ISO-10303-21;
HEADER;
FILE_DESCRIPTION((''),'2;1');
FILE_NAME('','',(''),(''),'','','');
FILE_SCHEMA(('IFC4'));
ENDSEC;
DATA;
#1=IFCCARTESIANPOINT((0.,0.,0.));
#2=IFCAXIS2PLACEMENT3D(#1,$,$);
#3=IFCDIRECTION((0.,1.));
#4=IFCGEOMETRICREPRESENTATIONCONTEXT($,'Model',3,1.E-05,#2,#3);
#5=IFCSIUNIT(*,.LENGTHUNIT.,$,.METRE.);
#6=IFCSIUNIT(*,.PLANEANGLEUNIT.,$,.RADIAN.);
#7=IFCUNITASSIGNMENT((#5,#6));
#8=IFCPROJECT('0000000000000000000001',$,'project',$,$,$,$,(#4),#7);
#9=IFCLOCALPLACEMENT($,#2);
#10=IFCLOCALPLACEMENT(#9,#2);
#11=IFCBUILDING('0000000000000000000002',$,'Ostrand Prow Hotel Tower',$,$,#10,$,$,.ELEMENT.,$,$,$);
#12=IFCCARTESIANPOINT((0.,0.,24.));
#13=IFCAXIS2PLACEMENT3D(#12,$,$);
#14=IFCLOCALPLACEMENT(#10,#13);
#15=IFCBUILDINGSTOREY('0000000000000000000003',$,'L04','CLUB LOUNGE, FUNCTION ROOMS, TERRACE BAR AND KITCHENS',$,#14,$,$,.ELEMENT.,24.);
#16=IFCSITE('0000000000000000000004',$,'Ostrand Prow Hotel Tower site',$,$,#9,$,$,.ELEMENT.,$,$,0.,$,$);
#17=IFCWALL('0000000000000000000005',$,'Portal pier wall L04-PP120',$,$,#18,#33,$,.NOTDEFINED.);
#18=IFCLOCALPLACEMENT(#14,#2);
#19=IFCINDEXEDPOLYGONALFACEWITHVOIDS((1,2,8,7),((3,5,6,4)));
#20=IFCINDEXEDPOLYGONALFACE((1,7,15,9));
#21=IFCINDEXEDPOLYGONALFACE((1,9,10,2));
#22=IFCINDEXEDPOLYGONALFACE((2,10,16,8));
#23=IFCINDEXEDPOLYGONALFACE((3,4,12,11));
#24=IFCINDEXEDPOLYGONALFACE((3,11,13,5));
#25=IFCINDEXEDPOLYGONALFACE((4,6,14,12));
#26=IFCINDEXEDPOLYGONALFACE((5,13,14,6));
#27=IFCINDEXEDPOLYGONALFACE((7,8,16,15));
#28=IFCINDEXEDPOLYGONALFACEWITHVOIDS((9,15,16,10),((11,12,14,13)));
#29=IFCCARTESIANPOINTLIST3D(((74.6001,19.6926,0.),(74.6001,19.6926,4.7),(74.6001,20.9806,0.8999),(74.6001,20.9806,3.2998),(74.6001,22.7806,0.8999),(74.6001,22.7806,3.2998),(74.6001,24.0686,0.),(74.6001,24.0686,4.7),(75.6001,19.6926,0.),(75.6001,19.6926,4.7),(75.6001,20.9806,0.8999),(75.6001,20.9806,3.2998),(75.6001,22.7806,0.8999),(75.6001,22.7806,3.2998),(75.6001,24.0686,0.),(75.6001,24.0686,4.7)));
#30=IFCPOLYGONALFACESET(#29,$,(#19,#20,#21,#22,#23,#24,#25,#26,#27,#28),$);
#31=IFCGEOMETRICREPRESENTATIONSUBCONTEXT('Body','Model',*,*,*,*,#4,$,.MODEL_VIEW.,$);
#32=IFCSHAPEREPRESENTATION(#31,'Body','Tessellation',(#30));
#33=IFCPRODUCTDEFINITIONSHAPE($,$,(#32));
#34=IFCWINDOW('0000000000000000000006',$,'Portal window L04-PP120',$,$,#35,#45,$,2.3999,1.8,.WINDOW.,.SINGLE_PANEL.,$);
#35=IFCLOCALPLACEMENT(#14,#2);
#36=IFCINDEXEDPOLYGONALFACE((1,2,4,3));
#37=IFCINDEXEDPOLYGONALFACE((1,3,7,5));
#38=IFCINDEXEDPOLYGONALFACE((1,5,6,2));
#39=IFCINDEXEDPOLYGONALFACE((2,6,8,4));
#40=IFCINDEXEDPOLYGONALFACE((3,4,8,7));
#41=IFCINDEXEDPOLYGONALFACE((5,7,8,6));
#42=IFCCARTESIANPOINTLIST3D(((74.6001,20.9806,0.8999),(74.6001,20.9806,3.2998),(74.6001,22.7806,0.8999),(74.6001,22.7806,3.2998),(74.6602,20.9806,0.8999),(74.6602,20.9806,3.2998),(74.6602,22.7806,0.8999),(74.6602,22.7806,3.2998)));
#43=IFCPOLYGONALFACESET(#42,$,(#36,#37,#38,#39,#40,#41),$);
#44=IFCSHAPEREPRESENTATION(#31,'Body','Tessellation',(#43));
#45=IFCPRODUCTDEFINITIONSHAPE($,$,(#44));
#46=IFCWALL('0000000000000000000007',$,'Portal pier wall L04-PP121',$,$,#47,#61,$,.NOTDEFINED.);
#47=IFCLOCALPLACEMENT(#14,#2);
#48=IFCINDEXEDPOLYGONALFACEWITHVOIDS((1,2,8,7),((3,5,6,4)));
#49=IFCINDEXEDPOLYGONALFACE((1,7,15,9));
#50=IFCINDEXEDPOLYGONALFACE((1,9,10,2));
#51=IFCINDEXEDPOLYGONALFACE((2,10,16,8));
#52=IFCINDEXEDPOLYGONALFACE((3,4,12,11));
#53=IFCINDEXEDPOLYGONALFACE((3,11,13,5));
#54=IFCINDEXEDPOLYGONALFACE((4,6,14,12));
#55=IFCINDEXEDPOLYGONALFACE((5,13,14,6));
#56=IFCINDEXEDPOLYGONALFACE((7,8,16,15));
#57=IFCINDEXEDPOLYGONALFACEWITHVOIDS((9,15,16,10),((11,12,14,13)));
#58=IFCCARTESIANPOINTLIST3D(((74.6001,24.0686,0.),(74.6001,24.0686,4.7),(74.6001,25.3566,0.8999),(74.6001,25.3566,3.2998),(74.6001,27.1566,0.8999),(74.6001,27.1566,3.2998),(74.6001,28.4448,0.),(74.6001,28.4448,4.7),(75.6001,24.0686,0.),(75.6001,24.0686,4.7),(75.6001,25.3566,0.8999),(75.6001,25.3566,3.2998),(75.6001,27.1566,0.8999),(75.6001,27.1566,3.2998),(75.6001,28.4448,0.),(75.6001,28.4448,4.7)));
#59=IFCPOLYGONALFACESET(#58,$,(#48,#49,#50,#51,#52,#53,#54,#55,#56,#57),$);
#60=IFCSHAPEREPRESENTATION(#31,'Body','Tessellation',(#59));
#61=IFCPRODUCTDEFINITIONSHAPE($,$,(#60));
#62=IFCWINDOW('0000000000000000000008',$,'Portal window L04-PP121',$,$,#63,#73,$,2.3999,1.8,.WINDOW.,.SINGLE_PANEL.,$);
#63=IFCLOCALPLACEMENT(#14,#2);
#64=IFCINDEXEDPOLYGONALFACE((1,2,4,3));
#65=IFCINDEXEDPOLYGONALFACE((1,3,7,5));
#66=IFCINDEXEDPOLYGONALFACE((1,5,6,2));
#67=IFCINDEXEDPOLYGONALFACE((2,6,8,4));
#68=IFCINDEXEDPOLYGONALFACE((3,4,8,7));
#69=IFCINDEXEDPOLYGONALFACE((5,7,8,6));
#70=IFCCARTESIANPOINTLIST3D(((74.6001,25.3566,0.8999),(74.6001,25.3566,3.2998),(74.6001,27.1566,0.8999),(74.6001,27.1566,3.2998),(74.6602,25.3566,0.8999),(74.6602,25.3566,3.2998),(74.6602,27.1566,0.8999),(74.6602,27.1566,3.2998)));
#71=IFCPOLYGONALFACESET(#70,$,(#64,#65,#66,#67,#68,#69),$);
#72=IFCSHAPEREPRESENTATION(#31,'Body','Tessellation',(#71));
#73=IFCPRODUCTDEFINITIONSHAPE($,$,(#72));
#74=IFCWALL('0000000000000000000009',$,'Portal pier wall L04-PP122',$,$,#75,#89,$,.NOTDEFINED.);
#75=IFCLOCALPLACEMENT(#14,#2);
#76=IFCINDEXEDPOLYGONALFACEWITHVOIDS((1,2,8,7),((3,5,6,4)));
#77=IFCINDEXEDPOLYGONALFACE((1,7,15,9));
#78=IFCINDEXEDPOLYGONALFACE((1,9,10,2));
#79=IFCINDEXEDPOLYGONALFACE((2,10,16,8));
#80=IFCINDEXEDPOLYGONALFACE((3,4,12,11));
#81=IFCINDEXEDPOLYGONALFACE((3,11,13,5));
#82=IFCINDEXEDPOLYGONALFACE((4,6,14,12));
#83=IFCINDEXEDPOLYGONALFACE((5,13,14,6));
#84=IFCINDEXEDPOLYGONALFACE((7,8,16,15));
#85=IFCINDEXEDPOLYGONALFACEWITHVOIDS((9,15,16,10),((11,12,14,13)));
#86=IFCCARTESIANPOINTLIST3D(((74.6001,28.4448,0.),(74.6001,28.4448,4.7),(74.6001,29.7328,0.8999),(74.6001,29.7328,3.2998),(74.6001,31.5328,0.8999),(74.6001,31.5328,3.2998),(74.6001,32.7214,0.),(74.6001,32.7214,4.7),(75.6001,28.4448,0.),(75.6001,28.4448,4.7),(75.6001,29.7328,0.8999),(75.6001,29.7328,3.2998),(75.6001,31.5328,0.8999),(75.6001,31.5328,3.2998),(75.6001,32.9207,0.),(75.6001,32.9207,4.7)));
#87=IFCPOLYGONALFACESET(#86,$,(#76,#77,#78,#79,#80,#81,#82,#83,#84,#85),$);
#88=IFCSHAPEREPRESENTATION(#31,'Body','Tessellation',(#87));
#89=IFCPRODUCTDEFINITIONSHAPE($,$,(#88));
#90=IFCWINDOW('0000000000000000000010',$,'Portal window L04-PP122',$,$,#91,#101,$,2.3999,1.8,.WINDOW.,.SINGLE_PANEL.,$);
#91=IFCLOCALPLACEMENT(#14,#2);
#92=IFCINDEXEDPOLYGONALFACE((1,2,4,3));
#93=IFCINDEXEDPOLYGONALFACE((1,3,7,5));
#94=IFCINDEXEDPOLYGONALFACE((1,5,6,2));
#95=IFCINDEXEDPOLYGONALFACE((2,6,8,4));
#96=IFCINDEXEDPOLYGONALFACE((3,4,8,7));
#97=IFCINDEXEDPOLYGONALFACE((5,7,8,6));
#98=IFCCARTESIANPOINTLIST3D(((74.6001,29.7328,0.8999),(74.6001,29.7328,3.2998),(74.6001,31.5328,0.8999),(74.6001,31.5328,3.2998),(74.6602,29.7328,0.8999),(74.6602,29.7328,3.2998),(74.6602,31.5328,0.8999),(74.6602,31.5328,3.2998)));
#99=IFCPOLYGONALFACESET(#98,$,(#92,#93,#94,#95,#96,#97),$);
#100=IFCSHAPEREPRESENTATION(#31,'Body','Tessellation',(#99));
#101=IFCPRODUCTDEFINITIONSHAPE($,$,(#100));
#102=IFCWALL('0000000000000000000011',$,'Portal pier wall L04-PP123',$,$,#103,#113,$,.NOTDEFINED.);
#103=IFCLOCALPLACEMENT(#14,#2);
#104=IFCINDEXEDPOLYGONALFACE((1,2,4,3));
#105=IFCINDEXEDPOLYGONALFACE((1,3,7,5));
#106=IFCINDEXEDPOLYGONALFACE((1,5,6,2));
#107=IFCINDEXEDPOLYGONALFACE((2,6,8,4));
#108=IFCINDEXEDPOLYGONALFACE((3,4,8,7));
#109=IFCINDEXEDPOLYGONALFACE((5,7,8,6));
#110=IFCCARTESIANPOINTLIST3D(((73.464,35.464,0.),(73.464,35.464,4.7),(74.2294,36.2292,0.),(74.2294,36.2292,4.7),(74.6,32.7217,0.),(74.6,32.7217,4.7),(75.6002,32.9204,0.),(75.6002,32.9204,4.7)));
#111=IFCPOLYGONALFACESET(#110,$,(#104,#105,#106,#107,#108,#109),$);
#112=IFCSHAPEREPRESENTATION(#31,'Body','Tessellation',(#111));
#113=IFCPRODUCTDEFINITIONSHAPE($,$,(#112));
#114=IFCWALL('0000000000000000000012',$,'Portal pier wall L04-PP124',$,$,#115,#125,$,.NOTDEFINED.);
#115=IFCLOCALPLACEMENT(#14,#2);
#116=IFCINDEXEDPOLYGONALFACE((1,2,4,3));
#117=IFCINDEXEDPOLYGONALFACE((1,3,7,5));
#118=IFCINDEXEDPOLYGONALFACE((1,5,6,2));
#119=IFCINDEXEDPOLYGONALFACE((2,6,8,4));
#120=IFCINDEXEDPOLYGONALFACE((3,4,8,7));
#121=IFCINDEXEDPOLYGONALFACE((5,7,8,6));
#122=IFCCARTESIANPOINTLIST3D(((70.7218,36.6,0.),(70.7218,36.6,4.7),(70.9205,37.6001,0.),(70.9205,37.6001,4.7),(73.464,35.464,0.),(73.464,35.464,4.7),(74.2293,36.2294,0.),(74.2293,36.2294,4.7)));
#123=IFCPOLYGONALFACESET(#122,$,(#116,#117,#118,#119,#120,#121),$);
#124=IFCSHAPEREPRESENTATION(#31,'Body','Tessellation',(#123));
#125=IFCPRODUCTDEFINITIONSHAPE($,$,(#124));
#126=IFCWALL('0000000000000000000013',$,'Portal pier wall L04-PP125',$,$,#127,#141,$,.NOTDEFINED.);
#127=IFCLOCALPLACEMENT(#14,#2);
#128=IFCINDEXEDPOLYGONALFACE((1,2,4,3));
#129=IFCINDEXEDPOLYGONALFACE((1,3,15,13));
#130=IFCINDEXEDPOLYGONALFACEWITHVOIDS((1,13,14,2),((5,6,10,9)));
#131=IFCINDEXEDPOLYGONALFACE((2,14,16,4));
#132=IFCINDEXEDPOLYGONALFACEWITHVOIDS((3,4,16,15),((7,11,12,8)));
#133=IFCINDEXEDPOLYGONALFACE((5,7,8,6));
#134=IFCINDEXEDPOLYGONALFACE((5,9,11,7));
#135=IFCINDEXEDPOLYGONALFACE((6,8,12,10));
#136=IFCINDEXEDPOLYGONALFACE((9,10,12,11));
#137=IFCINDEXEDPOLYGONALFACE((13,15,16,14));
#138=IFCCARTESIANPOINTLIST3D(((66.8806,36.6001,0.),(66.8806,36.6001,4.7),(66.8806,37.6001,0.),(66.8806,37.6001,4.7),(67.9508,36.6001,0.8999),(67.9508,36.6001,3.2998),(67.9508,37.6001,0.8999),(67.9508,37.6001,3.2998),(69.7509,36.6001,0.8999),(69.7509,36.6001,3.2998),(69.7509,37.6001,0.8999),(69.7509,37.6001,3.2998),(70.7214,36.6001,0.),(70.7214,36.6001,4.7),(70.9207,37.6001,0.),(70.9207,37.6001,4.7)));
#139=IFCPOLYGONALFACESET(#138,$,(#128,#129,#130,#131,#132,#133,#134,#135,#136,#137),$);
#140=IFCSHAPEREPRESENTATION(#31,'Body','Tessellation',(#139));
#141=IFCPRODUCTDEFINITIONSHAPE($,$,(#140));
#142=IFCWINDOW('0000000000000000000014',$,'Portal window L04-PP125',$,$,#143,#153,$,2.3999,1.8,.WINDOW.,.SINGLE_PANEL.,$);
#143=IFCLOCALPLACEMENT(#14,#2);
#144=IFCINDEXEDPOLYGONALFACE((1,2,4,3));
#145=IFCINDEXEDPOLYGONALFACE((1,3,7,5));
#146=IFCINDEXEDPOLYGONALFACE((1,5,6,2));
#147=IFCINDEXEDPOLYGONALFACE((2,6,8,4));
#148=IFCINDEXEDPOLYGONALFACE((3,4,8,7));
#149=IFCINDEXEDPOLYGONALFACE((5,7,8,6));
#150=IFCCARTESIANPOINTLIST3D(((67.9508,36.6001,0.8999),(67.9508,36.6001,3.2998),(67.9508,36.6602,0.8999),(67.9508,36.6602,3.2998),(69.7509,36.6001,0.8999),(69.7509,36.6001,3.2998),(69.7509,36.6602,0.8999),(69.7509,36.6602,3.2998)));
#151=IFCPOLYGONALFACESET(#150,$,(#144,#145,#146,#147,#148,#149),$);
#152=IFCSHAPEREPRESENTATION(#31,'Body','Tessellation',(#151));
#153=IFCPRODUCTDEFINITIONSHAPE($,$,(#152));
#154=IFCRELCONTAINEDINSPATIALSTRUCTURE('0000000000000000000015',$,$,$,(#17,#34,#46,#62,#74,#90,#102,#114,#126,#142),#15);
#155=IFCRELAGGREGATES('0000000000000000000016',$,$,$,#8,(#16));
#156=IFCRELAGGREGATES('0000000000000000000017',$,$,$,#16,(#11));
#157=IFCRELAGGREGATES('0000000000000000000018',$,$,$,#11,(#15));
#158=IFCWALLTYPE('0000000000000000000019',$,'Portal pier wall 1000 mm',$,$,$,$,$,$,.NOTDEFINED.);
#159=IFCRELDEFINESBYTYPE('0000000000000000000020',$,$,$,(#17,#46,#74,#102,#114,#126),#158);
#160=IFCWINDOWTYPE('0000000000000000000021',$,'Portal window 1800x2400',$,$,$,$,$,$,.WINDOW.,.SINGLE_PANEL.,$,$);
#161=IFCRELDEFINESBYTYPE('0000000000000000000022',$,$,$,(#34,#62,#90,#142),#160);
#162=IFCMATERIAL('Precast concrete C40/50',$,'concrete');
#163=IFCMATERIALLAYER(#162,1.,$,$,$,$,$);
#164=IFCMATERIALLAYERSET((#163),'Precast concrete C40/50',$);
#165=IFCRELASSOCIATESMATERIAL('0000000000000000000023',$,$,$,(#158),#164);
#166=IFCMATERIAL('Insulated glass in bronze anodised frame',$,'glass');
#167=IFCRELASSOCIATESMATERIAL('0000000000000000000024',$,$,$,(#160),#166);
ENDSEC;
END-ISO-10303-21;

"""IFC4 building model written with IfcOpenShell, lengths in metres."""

from ifc_helpers import new_model, si_unit, direction, frame, frame_2d, origin, place, context, subcontext, project, spatial, polyline, rectangle, outline, extrude, material, layer, layer_set, type_object, element, fill, save


model = new_model("IFC4")

# Units and contexts
model_context = context("Model", 3, precision=1e-05, world=origin(), true_north=direction((0.0, 1.0)))
body_context = subcontext(model_context, "Body", "Model", "MODEL_VIEW")
ifc_project = project(units=[si_unit("LENGTHUNIT", "METRE"), si_unit("PLANEANGLEUNIT", "RADIAN")], contexts=[model_context])

# Site, building, storey
site_placement = place(None, origin())
site = spatial("IfcSite", under=ifc_project, at=site_placement, Name="Ostrand Prow Hotel Tower site", CompositionType="ELEMENT", RefElevation=0.0)
building_placement = place(site_placement, origin())
building = spatial("IfcBuilding", under=site, at=building_placement, Name="Ostrand Prow Hotel Tower", CompositionType="ELEMENT")
storey_placement = place(building_placement, frame((0.0, 0.0, 24.0)))
storey = spatial("IfcBuildingStorey", under=building, at=storey_placement, Name="L04", Description="CLUB LOUNGE, FUNCTION ROOMS, TERRACE BAR AND KITCHENS", CompositionType="ELEMENT", Elevation=24.0)

# Walls, openings, windows
ifc_material_1 = material(Name="Precast concrete C40/50", Category="concrete")
ifc_layer_1 = layer(ifc_material_1, 1.0)
ifc_layer_set_1 = layer_set([ifc_layer_1], Name="Precast concrete C40/50")
wall_type_1 = type_object("IfcWallType", Name="Portal pier wall 1000 mm", PredefinedType="NOTDEFINED", material=ifc_layer_set_1)
ifc_material_2 = material(Name="Insulated glass in bronze anodised frame", Category="glass")
window_type = type_object("IfcWindowType", Name="Portal window 1800x2400", PartitioningType="SINGLE_PANEL", PredefinedType="WINDOW", material=ifc_material_2)
wall_1_placement = place(storey_placement, frame((75.1001, 19.6926, 0.0), z_axis=(0.0, 0.0, 1.0), x_axis=(0.0, 1.0, 0.0)))
wall_1 = element("IfcWall", 1, at=wall_1_placement, inside=storey, type_object=wall_type_1, Name="Portal pier wall L04-PP120", PredefinedType="NOTDEFINED", context=body_context, shape_type="SweptSolid", body=[
    extrude(outline(polyline([(0.0, -0.5), (4.376, -0.5), (4.376, 0.5), (0.0, 0.5), (0.0, -0.5)])), origin(), (0.0, 0.0, 1.0), 4.7),
])
opening_1_placement = place(wall_1_placement, frame((1.2881, 0.0, 0.8999)))
opening_1 = element("IfcOpeningElement", 2, at=opening_1_placement, cuts=wall_1, PredefinedType="OPENING", context=body_context, shape_type="SweptSolid", body=[
    extrude(rectangle(XDim=1.8, YDim=2.3999, at=frame_2d((0.8999, 1.2))), frame((0.0, 0.51, 0.0), z_axis=(0.0, -1.0, 0.0), x_axis=(1.0, 0.0, 0.0)), (0.0, 0.0, 1.0), 1.02),
])
window_1_placement = place(opening_1_placement, origin())
window_1 = element("IfcWindow", 3, at=window_1_placement, inside=storey, type_object=window_type, Name="Portal window L04-PP120", OverallHeight=2.3999, OverallWidth=1.8, PartitioningType="SINGLE_PANEL", PredefinedType="WINDOW", context=body_context, shape_type="SweptSolid", body=[
    extrude(rectangle(XDim=1.8, YDim=2.3999, at=frame_2d((0.8999, 1.2))), frame((0.0, 0.5, 0.0), z_axis=(0.0, -1.0, 0.0), x_axis=(1.0, 0.0, 0.0)), (0.0, 0.0, 1.0), 0.0601),
])
fill(opening_1, window_1)
wall_2_placement = place(storey_placement, frame((75.1001, 24.0686, 0.0), z_axis=(0.0, 0.0, 1.0), x_axis=(0.0, 1.0, 0.0)))
wall_2 = element("IfcWall", 4, at=wall_2_placement, inside=storey, type_object=wall_type_1, Name="Portal pier wall L04-PP121", PredefinedType="NOTDEFINED", context=body_context, shape_type="SweptSolid", body=[
    extrude(outline(polyline([(0.0, -0.5), (4.3762, -0.5), (4.3762, 0.5), (0.0, 0.5), (0.0, -0.5)])), origin(), (0.0, 0.0, 1.0), 4.7),
])
opening_2_placement = place(wall_2_placement, frame((1.2881, 0.0, 0.8999)))
opening_2 = element("IfcOpeningElement", 5, at=opening_2_placement, cuts=wall_2, PredefinedType="OPENING", context=body_context, shape_type="SweptSolid", body=[
    extrude(rectangle(XDim=1.8, YDim=2.3999, at=frame_2d((0.8999, 1.2))), frame((0.0, 0.51, 0.0), z_axis=(0.0, -1.0, 0.0), x_axis=(1.0, 0.0, 0.0)), (0.0, 0.0, 1.0), 1.02),
])
window_2_placement = place(opening_2_placement, origin())
window_2 = element("IfcWindow", 6, at=window_2_placement, inside=storey, type_object=window_type, Name="Portal window L04-PP121", OverallHeight=2.3999, OverallWidth=1.8, PartitioningType="SINGLE_PANEL", PredefinedType="WINDOW", context=body_context, shape_type="SweptSolid", body=[
    extrude(rectangle(XDim=1.8, YDim=2.3999, at=frame_2d((0.8999, 1.2))), frame((0.0, 0.5, 0.0), z_axis=(0.0, -1.0, 0.0), x_axis=(1.0, 0.0, 0.0)), (0.0, 0.0, 1.0), 0.0601),
])
fill(opening_2, window_2)
wall_3_placement = place(storey_placement, frame((75.1001, 28.4448, 0.0), z_axis=(0.0, 0.0, 1.0), x_axis=(0.0, 1.0, 0.0)))
wall_3 = element("IfcWall", 7, at=wall_3_placement, inside=storey, type_object=wall_type_1, Name="Portal pier wall L04-PP122", PredefinedType="NOTDEFINED", context=body_context, shape_type="SweptSolid", body=[
    extrude(outline(polyline([(0.0, -0.5), (4.4758, -0.5), (4.2766, 0.5), (0.0, 0.5), (0.0, -0.5)])), origin(), (0.0, 0.0, 1.0), 4.7),
])
opening_3_placement = place(wall_3_placement, frame((1.2881, 0.0, 0.8999)))
opening_3 = element("IfcOpeningElement", 8, at=opening_3_placement, cuts=wall_3, PredefinedType="OPENING", context=body_context, shape_type="SweptSolid", body=[
    extrude(rectangle(XDim=1.8, YDim=2.3999, at=frame_2d((0.8999, 1.2))), frame((0.0, 0.51, 0.0), z_axis=(0.0, -1.0, 0.0), x_axis=(1.0, 0.0, 0.0)), (0.0, 0.0, 1.0), 1.02),
])
window_3_placement = place(opening_3_placement, origin())
window_3 = element("IfcWindow", 9, at=window_3_placement, inside=storey, type_object=window_type, Name="Portal window L04-PP122", OverallHeight=2.3999, OverallWidth=1.8, PartitioningType="SINGLE_PANEL", PredefinedType="WINDOW", context=body_context, shape_type="SweptSolid", body=[
    extrude(rectangle(XDim=1.8, YDim=2.3999, at=frame_2d((0.8999, 1.2))), frame((0.0, 0.5, 0.0), z_axis=(0.0, -1.0, 0.0), x_axis=(1.0, 0.0, 0.0)), (0.0, 0.0, 1.0), 0.0601),
])
fill(opening_3, window_3)

# Walls
wall_4_placement = place(storey_placement, frame((75.1001, 32.821, 0.0), z_axis=(0.0, 0.0, 1.0), x_axis=(-0.382725, 0.923862, 0.0)))
element("IfcWall", 10, at=wall_4_placement, inside=storey, type_object=wall_type_1, Name="Portal pier wall L04-PP123", PredefinedType="NOTDEFINED", context=body_context, shape_type="SweptSolid", body=[
    extrude(outline(polyline([(-0.0996, -0.5), (3.4819, -0.5), (3.0679, 0.5), (0.0996, 0.5), (-0.0996, -0.5)])), origin(), (0.0, 0.0, 1.0), 4.7),
])
wall_5_placement = place(storey_placement, frame((73.8467, 35.8467, 0.0), z_axis=(0.0, 0.0, 1.0), x_axis=(-0.923862, 0.382725, 0.0)))
element("IfcWall", 11, at=wall_5_placement, inside=storey, type_object=wall_type_1, Name="Portal pier wall L04-PP124", PredefinedType="NOTDEFINED", context=body_context, shape_type="SweptSolid", body=[
    extrude(outline(polyline([(-0.207, -0.5), (3.3745, -0.5), (3.1753, 0.5), (0.207, 0.5), (-0.207, -0.5)])), origin(), (0.0, 0.0, 1.0), 4.7),
])

# Wall, opening, window
wall_6_placement = place(storey_placement, frame((70.821, 37.1001, 0.0), z_axis=(0.0, 0.0, 1.0), x_axis=(-1.0, 0.0, 0.0)))
wall_6 = element("IfcWall", 12, at=wall_6_placement, inside=storey, type_object=wall_type_1, Name="Portal pier wall L04-PP125", PredefinedType="NOTDEFINED", context=body_context, shape_type="SweptSolid", body=[
    extrude(outline(polyline([(-0.0996, -0.5), (3.9404, -0.5), (3.9404, 0.5), (0.0996, 0.5), (-0.0996, -0.5)])), origin(), (0.0, 0.0, 1.0), 4.7),
])
opening_4_placement = place(wall_6_placement, frame((1.0703, 0.0, 0.8999)))
opening_4 = element("IfcOpeningElement", 13, at=opening_4_placement, cuts=wall_6, PredefinedType="OPENING", context=body_context, shape_type="SweptSolid", body=[
    extrude(rectangle(XDim=1.8, YDim=2.3999, at=frame_2d((0.8999, 1.2))), frame((0.0, 0.51, 0.0), z_axis=(0.0, -1.0, 0.0), x_axis=(1.0, 0.0, 0.0)), (0.0, 0.0, 1.0), 1.02),
])
window_4_placement = place(opening_4_placement, origin())
window_4 = element("IfcWindow", 14, at=window_4_placement, inside=storey, type_object=window_type, Name="Portal window L04-PP125", OverallHeight=2.3999, OverallWidth=1.8, PartitioningType="SINGLE_PANEL", PredefinedType="WINDOW", context=body_context, shape_type="SweptSolid", body=[
    extrude(rectangle(XDim=1.8, YDim=2.3999, at=frame_2d((0.8999, 1.2))), frame((0.0, 0.5, 0.0), z_axis=(0.0, -1.0, 0.0), x_axis=(1.0, 0.0, 0.0)), (0.0, 0.0, 1.0), 0.0601),
])
fill(opening_4, window_4)

save(model, "model.ifc")
